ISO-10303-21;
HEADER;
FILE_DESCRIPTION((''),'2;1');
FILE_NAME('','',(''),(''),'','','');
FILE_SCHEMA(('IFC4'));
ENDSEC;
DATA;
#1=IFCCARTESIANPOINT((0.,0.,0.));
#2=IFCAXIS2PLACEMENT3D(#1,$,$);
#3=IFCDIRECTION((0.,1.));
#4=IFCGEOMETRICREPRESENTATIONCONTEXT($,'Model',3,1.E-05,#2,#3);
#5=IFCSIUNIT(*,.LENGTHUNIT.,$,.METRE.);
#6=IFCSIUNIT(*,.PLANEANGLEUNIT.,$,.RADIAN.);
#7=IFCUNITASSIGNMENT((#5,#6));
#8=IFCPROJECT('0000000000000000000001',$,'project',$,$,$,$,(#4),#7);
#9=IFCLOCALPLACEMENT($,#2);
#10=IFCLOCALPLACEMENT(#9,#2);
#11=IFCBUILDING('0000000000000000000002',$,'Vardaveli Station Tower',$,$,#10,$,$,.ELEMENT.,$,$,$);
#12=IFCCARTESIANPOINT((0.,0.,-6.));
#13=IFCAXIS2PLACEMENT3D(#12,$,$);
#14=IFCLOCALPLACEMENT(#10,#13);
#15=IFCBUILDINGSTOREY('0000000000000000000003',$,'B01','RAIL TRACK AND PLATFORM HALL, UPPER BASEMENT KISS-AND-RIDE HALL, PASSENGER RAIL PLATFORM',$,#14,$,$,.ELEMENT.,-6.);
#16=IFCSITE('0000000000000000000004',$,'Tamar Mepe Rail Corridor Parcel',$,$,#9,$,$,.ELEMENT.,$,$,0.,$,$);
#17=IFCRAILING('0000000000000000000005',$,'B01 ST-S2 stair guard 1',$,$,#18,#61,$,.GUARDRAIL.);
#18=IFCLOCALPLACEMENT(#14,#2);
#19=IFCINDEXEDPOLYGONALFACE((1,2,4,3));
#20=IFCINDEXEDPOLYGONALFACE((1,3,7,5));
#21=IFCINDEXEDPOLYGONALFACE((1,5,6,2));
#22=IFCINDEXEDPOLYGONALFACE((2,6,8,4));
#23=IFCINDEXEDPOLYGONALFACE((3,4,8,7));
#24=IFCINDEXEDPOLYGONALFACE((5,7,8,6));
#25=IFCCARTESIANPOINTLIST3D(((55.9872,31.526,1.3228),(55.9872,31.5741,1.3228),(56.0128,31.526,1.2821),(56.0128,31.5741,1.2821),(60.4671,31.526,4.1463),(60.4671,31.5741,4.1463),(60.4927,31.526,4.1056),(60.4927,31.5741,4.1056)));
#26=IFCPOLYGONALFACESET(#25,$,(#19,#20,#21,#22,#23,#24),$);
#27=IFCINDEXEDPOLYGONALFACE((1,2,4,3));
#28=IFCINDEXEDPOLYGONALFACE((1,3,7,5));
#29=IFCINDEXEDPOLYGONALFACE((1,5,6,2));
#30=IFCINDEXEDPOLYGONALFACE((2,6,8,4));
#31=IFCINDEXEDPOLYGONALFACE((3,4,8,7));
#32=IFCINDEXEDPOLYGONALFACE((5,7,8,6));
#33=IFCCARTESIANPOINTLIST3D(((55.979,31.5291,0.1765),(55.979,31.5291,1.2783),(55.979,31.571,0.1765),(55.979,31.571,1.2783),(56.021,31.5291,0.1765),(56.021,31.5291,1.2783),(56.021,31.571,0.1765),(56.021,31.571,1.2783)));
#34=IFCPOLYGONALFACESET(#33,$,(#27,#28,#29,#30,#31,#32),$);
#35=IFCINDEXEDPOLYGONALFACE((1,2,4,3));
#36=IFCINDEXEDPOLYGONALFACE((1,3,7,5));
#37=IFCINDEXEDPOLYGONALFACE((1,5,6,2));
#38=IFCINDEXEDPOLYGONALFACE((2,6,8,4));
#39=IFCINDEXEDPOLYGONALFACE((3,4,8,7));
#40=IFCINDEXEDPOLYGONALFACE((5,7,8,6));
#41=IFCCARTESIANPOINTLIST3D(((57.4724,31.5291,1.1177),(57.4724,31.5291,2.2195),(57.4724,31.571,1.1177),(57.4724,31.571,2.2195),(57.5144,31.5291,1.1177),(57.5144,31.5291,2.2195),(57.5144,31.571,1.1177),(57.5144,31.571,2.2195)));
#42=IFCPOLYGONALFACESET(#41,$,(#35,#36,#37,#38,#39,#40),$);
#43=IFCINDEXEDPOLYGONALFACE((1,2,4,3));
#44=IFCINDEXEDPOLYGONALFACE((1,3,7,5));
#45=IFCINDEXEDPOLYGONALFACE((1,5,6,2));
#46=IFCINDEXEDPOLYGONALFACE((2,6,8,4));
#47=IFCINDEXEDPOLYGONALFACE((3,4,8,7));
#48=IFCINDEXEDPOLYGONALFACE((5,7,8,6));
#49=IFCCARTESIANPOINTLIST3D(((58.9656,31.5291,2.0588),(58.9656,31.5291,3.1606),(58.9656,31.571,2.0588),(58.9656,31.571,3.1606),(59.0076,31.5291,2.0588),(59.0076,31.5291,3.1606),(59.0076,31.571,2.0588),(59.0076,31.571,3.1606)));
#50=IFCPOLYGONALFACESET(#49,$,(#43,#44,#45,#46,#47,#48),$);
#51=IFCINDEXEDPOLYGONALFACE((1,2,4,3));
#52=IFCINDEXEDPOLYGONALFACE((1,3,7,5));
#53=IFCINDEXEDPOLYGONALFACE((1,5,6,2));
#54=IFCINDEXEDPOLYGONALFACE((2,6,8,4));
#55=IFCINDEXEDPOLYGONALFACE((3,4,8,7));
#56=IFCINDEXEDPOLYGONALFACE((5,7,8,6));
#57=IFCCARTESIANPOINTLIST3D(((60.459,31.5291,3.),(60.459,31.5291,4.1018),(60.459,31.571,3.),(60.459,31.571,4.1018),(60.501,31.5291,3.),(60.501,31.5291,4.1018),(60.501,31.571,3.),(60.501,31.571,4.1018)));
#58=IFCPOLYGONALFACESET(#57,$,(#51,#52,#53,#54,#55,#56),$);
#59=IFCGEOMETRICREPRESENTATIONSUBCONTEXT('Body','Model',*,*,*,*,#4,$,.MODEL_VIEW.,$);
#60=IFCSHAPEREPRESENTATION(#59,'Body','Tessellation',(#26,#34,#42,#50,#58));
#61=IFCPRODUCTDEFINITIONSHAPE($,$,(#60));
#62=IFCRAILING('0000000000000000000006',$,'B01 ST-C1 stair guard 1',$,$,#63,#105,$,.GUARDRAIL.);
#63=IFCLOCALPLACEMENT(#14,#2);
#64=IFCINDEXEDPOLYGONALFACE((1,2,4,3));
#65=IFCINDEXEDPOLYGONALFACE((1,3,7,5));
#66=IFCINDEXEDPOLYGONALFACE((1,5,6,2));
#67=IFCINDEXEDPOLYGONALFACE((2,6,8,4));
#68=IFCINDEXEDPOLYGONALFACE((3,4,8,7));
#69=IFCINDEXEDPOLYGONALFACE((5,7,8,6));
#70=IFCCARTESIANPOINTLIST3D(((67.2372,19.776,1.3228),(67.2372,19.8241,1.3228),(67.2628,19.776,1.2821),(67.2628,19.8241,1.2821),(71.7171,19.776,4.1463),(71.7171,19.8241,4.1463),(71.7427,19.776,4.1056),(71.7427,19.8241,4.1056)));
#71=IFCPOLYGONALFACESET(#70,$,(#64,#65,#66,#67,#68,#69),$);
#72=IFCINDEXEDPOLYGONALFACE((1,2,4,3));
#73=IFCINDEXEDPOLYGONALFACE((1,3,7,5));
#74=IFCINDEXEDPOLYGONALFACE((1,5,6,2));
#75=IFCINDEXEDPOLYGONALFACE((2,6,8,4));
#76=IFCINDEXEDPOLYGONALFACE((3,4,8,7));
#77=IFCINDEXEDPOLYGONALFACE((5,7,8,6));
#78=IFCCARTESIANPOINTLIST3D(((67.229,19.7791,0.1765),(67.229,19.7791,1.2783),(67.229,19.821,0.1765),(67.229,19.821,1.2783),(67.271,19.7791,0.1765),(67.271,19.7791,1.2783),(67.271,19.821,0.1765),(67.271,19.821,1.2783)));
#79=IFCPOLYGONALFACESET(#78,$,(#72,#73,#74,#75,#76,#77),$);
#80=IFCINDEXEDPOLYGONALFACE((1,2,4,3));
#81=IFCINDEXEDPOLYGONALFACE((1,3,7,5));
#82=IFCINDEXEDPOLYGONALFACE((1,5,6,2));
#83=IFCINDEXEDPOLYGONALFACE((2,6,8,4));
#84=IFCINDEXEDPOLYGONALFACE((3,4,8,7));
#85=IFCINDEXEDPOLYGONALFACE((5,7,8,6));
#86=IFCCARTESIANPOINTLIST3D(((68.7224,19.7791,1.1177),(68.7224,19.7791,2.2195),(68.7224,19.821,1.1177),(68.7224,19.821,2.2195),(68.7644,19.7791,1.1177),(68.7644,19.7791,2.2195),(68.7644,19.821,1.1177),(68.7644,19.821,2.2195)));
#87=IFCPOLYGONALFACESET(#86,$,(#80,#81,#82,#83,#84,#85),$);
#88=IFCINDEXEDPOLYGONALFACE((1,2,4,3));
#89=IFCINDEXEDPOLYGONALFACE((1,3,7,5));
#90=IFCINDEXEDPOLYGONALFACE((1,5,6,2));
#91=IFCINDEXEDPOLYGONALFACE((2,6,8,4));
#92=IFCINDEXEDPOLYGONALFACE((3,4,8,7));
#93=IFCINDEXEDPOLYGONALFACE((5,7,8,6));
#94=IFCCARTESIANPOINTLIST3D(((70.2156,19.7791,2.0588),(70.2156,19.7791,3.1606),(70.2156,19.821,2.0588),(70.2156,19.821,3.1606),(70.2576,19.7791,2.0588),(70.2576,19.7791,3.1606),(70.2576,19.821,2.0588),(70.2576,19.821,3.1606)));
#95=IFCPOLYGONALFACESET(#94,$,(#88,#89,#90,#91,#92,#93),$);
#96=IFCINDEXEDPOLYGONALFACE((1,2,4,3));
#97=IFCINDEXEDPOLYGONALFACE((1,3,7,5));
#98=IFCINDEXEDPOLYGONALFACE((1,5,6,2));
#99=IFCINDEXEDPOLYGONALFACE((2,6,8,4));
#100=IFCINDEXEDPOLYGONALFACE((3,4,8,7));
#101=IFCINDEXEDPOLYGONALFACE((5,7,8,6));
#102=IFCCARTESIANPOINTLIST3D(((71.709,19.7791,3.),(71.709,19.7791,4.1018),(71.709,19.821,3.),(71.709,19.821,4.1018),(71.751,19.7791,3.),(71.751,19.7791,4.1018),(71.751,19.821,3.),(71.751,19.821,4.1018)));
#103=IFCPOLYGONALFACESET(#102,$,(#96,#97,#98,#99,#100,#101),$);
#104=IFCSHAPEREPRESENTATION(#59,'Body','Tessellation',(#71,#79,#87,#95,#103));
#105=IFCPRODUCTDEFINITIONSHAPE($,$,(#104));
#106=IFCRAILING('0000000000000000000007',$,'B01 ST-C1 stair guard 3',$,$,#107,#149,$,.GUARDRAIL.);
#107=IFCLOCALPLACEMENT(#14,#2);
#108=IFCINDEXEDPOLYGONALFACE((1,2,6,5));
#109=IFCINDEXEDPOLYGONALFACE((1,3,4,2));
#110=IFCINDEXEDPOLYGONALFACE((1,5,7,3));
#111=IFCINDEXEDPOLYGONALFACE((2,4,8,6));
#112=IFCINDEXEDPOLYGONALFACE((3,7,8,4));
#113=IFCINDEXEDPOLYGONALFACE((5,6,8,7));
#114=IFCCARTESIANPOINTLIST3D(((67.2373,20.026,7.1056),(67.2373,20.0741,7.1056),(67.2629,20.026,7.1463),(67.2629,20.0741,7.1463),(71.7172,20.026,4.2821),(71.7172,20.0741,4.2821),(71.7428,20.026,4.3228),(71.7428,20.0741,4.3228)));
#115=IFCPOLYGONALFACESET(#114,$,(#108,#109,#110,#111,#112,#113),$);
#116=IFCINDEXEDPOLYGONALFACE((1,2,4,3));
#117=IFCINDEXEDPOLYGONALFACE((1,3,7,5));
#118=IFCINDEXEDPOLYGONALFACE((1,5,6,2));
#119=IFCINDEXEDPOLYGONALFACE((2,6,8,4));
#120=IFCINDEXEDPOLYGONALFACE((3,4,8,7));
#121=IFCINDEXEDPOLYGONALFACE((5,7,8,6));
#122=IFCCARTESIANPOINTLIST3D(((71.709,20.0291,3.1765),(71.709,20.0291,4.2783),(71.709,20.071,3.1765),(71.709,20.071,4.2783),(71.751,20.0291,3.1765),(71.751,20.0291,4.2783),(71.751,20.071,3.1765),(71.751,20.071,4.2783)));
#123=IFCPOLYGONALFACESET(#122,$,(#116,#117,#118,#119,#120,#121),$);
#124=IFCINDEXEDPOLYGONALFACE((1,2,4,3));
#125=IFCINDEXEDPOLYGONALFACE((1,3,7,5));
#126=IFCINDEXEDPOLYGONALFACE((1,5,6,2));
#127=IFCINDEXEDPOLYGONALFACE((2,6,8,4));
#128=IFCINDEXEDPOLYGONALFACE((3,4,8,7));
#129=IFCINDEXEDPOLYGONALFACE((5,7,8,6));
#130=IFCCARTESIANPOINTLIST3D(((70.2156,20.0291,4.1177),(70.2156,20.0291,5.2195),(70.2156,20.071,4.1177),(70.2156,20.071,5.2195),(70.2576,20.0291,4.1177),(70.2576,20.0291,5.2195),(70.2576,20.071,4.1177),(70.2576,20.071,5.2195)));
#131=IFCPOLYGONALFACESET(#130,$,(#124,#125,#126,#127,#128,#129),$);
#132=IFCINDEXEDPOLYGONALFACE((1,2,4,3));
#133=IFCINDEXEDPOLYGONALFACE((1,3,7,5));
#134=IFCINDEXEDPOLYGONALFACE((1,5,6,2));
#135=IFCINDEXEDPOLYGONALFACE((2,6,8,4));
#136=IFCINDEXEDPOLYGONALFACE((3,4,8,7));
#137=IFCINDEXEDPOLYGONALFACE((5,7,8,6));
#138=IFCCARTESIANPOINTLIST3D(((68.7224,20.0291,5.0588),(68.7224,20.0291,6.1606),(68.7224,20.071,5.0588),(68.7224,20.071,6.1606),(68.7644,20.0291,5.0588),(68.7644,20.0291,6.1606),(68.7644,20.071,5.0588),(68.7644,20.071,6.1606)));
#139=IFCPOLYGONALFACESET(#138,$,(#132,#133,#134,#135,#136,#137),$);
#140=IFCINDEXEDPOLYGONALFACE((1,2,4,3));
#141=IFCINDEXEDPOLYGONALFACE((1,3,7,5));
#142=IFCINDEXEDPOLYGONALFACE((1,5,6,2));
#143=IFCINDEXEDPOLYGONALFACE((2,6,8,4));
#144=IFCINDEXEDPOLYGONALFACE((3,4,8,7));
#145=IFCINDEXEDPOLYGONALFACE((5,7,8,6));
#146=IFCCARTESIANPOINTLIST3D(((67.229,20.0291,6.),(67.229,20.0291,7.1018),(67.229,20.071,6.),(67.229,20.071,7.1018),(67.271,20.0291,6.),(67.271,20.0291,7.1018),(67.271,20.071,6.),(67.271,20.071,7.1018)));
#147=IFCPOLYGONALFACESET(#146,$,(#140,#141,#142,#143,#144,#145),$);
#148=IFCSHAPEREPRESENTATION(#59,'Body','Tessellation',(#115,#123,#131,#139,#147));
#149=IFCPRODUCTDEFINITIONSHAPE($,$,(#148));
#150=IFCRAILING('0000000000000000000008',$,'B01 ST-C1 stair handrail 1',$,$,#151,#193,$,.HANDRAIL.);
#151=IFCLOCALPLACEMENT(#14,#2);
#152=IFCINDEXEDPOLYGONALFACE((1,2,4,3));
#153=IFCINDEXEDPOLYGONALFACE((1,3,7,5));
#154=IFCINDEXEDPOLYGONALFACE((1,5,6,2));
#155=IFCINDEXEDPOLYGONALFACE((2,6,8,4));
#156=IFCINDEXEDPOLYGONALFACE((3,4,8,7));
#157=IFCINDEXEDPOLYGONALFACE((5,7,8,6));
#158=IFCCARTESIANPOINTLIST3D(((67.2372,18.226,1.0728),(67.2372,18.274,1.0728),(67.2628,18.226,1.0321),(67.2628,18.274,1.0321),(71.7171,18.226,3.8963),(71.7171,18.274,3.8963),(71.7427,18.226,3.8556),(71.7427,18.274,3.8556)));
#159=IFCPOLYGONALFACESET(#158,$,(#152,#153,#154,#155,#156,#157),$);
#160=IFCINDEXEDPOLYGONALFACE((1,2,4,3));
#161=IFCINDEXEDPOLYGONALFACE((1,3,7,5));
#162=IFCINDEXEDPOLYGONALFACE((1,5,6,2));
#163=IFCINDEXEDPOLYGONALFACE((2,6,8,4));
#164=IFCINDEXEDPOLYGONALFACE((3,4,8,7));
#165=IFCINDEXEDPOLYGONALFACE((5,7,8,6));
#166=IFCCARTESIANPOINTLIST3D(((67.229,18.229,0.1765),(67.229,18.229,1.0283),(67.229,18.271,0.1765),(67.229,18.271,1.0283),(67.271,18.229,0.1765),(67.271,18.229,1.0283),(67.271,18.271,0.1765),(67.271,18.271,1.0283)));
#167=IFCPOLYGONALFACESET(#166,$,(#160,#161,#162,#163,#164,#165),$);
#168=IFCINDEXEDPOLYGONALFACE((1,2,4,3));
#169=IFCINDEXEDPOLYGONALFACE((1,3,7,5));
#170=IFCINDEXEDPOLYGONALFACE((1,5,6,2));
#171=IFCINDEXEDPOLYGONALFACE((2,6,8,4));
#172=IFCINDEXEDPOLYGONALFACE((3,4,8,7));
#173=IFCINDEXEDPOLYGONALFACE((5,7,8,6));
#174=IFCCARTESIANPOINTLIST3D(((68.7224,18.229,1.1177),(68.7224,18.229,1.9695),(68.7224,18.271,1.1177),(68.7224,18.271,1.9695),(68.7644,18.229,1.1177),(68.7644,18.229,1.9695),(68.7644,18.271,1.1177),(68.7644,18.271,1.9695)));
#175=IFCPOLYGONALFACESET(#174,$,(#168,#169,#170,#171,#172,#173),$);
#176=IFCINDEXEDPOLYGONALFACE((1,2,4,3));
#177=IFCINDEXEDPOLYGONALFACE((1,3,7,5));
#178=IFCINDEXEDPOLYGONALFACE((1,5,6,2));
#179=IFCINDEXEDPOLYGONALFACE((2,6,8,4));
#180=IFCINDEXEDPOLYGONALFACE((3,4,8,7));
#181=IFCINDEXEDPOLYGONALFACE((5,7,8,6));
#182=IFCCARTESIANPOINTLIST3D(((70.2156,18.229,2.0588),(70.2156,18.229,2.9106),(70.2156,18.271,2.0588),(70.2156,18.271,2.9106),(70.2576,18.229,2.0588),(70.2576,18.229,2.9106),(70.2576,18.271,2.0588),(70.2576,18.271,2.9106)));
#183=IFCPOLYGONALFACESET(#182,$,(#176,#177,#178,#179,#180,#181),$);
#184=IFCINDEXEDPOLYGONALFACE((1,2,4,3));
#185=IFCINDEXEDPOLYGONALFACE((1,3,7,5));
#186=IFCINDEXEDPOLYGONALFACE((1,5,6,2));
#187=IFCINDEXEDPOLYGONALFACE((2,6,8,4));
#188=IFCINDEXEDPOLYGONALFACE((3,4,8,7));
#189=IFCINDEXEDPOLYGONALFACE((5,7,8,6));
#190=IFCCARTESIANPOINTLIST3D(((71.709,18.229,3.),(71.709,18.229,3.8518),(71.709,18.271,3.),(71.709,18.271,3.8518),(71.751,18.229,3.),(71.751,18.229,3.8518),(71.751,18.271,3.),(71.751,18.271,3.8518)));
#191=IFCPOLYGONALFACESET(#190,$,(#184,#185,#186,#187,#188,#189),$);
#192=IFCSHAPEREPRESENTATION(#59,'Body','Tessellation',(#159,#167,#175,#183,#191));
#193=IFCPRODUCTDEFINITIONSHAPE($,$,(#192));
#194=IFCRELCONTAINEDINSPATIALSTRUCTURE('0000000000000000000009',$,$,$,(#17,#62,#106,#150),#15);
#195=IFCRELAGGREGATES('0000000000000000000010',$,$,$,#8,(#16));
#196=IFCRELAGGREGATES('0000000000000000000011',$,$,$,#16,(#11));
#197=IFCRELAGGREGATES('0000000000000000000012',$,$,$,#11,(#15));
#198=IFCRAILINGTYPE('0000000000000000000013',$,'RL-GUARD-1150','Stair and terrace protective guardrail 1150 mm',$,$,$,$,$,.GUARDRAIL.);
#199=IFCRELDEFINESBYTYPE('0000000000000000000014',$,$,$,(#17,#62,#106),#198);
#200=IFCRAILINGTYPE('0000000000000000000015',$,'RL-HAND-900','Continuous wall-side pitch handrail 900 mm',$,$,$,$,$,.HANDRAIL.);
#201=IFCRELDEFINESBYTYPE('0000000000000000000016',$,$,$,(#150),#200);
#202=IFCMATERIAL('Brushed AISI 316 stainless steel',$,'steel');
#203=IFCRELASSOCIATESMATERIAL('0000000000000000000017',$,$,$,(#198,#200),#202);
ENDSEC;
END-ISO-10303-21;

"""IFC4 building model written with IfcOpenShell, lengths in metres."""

from ifc_helpers import new_model, si_unit, direction, frame, origin, origin_2d, place, context, subcontext, project, spatial, rectangle, extrude, source, transform, mapped, material, type_object, element, save


model = new_model("IFC4")

# Units and contexts
model_context = context("Model", 3, precision=1e-05, world=origin(), true_north=direction((0.0, 1.0)))
body_context = subcontext(model_context, "Body", "Model", "MODEL_VIEW")
ifc_project = project(units=[si_unit("LENGTHUNIT", "METRE"), si_unit("PLANEANGLEUNIT", "RADIAN")], contexts=[model_context])

# Site, building, storey
site_placement = place(None, origin())
site = spatial("IfcSite", under=ifc_project, at=site_placement, Name="Tamar Mepe Rail Corridor Parcel", CompositionType="ELEMENT", RefElevation=0.0)
building_placement = place(site_placement, origin())
building = spatial("IfcBuilding", under=site, at=building_placement, Name="Vardaveli Station Tower", CompositionType="ELEMENT")
storey_placement = place(building_placement, frame((0.0, 0.0, -6.0)))
storey = spatial("IfcBuildingStorey", under=building, at=storey_placement, Name="B01", Description="RAIL TRACK AND PLATFORM HALL, UPPER BASEMENT KISS-AND-RIDE HALL, PASSENGER RAIL PLATFORM", CompositionType="ELEMENT", Elevation=-6.0)

# Railings
ifc_material_1 = material(Name="Brushed AISI 316 stainless steel", Category="steel")
railing_type_1 = type_object("IfcRailingType", Name="RL-GUARD-1150", Description="Stair and terrace protective guardrail 1150 mm", PredefinedType="GUARDRAIL", material=ifc_material_1)
shared_shape_1 = source(origin(), body_context, "Body", "SweptSolid", [
    extrude(rectangle(XDim=0.0481, YDim=0.0481, at=origin_2d()), frame((0.0, 0.0, 1.126), z_axis=(0.845998, 0.0, 0.533186), x_axis=(0.0, 1.0, 0.0)), (0.0, 0.0, 1.0), 5.2954),
    extrude(rectangle(XDim=0.042, YDim=0.042, at=origin_2d()), origin(), (0.0, 0.0, 1.0), 1.1018),
    extrude(rectangle(XDim=0.042, YDim=0.042, at=origin_2d()), frame((1.4934, 0.0, 0.9412)), (0.0, 0.0, 1.0), 1.1018),
    extrude(rectangle(XDim=0.042, YDim=0.042, at=origin_2d()), frame((2.9866, 0.0, 1.8823)), (0.0, 0.0, 1.0), 1.1018),
    extrude(rectangle(XDim=0.042, YDim=0.042, at=origin_2d()), frame((4.48, 0.0, 2.8235)), (0.0, 0.0, 1.0), 1.1018),
])
for number, where, name in (
    (1, (56.0, 31.55, 0.1765), "B01 ST-S2 stair guard 1"),
    (2, (67.25, 19.8, 0.1765), "B01 ST-C1 stair guard 1"),
):
    element("IfcRailing", number, at=place(storey_placement, frame(where)), inside=storey, type_object=railing_type_1, Name=name, PredefinedType="GUARDRAIL", context=body_context, shape_type="MappedRepresentation", body=[
        mapped(shared_shape_1, transform((0.0, 0.0, 0.0), scale=1.0)),
    ])
shared_shape_2 = source(origin(), body_context, "Body", "SweptSolid", [
    extrude(rectangle(XDim=0.0481, YDim=0.0481, at=origin_2d()), frame((0.0, 0.0, 1.126), z_axis=(-0.845998, 0.0, 0.533186), x_axis=(0.0, -1.0, 0.0)), (0.0, 0.0, 1.0), 5.2954),
    extrude(rectangle(XDim=0.042, YDim=0.042, at=origin_2d()), origin(), (0.0, 0.0, 1.0), 1.1018),
    extrude(rectangle(XDim=0.042, YDim=0.042, at=origin_2d()), frame((-1.4934, 0.0, 0.9412)), (0.0, 0.0, 1.0), 1.1018),
    extrude(rectangle(XDim=0.042, YDim=0.042, at=origin_2d()), frame((-2.9866, 0.0, 1.8823)), (0.0, 0.0, 1.0), 1.1018),
    extrude(rectangle(XDim=0.042, YDim=0.042, at=origin_2d()), frame((-4.48, 0.0, 2.8235)), (0.0, 0.0, 1.0), 1.1018),
])
railing_1_placement = place(storey_placement, frame((71.73, 20.05, 3.1765)))
element("IfcRailing", 3, at=railing_1_placement, inside=storey, type_object=railing_type_1, Name="B01 ST-C1 stair guard 3", PredefinedType="GUARDRAIL", context=body_context, shape_type="MappedRepresentation", body=[
    mapped(shared_shape_2, transform((0.0, 0.0, 0.0), scale=1.0)),
])
railing_type_2 = type_object("IfcRailingType", Name="RL-HAND-900", Description="Continuous wall-side pitch handrail 900 mm", PredefinedType="HANDRAIL", material=ifc_material_1)
shared_shape_3 = source(origin(), body_context, "Body", "SweptSolid", [
    extrude(rectangle(XDim=0.0481, YDim=0.0481, at=origin_2d()), frame((0.0, 0.0, 0.876), z_axis=(0.845998, 0.0, 0.533186), x_axis=(0.0, 1.0, 0.0)), (0.0, 0.0, 1.0), 5.2954),
    extrude(rectangle(XDim=0.042, YDim=0.042, at=origin_2d()), origin(), (0.0, 0.0, 1.0), 0.8518),
    extrude(rectangle(XDim=0.042, YDim=0.042, at=origin_2d()), frame((1.4934, 0.0, 0.9412)), (0.0, 0.0, 1.0), 0.8518),
    extrude(rectangle(XDim=0.042, YDim=0.042, at=origin_2d()), frame((2.9866, 0.0, 1.8823)), (0.0, 0.0, 1.0), 0.8518),
    extrude(rectangle(XDim=0.042, YDim=0.042, at=origin_2d()), frame((4.48, 0.0, 2.8235)), (0.0, 0.0, 1.0), 0.8518),
])
railing_2_placement = place(storey_placement, frame((67.25, 18.25, 0.1765)))
element("IfcRailing", 4, at=railing_2_placement, inside=storey, type_object=railing_type_2, Name="B01 ST-C1 stair handrail 1", PredefinedType="HANDRAIL", context=body_context, shape_type="MappedRepresentation", body=[
    mapped(shared_shape_3, transform((0.0, 0.0, 0.0), scale=1.0)),
])

save(model, "model.ifc")
